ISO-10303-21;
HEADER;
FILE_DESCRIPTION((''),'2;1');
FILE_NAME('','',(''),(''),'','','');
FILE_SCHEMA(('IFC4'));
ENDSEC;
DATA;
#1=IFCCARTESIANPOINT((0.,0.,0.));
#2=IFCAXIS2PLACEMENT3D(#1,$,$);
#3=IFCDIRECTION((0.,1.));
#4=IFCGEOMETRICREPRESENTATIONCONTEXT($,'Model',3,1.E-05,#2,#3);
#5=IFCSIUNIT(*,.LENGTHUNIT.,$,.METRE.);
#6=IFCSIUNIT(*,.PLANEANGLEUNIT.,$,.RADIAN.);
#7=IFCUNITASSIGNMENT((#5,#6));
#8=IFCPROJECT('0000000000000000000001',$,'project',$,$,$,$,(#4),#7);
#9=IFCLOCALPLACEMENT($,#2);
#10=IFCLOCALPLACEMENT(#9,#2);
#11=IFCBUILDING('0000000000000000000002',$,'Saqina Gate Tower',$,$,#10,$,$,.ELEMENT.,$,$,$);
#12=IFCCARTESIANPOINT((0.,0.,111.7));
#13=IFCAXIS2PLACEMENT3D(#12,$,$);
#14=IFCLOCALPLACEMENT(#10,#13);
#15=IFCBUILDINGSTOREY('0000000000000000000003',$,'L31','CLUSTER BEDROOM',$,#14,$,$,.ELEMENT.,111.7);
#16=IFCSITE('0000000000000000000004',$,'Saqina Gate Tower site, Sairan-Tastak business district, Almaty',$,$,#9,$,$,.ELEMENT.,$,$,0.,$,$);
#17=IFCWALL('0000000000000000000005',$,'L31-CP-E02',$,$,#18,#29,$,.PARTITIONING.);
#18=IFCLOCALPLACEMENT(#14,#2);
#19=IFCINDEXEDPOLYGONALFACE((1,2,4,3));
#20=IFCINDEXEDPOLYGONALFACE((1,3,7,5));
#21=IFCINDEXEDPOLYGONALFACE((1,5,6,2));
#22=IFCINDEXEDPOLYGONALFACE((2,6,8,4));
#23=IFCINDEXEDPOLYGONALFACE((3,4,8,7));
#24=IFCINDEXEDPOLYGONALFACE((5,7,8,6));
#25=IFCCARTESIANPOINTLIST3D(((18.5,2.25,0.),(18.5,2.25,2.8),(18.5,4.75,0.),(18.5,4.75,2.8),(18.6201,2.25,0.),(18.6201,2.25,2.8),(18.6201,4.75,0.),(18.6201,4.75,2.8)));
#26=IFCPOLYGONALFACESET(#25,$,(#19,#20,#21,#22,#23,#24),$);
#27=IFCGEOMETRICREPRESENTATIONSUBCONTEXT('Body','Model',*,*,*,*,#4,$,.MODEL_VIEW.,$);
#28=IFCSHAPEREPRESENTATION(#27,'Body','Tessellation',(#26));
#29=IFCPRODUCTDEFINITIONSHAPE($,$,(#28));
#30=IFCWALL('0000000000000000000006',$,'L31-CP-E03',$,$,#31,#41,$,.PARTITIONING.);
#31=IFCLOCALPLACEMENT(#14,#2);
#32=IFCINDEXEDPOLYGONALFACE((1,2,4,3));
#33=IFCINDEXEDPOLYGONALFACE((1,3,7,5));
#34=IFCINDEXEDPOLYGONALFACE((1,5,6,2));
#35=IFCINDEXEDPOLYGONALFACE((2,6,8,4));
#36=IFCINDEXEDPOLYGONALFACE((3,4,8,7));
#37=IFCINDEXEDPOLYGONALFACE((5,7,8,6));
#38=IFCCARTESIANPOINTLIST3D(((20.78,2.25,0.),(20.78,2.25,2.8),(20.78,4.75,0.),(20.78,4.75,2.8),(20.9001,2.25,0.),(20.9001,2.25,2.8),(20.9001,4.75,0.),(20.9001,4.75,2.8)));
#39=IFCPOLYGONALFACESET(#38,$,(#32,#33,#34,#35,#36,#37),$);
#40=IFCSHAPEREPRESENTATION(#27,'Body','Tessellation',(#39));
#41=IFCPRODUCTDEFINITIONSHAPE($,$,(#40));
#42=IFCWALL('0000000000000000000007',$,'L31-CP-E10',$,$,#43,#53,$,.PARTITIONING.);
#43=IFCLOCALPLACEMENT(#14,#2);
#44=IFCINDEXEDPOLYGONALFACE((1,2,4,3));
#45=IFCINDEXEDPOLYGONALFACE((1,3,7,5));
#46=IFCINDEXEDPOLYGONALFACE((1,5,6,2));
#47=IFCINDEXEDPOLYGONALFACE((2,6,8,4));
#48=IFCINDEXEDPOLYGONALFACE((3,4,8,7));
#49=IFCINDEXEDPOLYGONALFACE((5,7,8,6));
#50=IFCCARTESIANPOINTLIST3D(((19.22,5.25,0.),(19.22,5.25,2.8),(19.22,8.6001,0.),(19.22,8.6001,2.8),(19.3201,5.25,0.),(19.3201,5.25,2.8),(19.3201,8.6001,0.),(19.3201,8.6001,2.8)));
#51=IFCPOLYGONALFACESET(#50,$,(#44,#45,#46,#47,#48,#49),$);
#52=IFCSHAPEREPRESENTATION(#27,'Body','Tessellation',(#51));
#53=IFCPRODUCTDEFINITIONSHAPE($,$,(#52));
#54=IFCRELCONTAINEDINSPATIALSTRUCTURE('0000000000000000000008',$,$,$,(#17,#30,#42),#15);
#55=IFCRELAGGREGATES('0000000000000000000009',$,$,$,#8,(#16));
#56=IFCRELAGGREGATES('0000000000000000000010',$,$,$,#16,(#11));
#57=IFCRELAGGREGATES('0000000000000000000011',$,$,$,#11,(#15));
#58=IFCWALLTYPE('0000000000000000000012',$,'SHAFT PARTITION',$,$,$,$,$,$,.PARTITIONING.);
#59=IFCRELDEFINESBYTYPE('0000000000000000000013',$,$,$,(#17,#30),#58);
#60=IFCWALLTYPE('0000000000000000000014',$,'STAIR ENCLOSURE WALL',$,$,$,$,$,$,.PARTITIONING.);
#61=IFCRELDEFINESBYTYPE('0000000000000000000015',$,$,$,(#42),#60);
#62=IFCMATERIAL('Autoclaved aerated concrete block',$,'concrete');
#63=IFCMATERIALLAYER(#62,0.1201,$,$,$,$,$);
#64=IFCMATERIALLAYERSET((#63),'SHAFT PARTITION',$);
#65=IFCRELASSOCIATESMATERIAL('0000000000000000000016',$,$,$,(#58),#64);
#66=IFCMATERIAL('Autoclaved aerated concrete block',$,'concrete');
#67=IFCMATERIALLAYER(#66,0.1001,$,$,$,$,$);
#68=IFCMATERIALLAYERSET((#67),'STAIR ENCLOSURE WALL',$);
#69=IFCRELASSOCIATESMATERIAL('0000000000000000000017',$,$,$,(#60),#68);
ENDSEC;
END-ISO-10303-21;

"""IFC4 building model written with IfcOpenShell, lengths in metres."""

from ifc_helpers import new_model, si_unit, direction, frame, frame_2d, origin, place, context, subcontext, project, spatial, rectangle, extrude, material, layer, layer_set, type_object, element, save


model = new_model("IFC4")

# Units and contexts
model_context = context("Model", 3, precision=1e-05, world=origin(), true_north=direction((0.0, 1.0)))
body_context = subcontext(model_context, "Body", "Model", "MODEL_VIEW")
ifc_project = project(units=[si_unit("LENGTHUNIT", "METRE"), si_unit("PLANEANGLEUNIT", "RADIAN")], contexts=[model_context])

# Site, building, storey
site_placement = place(None, origin())
site = spatial("IfcSite", under=ifc_project, at=site_placement, Name="Saqina Gate Tower site, Sairan-Tastak business district, Almaty", CompositionType="ELEMENT", RefElevation=0.0)
building_placement = place(site_placement, origin())
building = spatial("IfcBuilding", under=site, at=building_placement, Name="Saqina Gate Tower", CompositionType="ELEMENT")
storey_placement = place(building_placement, frame((0.0, 0.0, 111.7)))
storey = spatial("IfcBuildingStorey", under=building, at=storey_placement, Name="L31", Description="CLUSTER BEDROOM", CompositionType="ELEMENT", Elevation=111.7)

# Walls
ifc_material_1 = material(Name="Autoclaved aerated concrete block", Category="concrete")
ifc_layer_1 = layer(ifc_material_1, 0.1201)
ifc_layer_set_1 = layer_set([ifc_layer_1], Name="SHAFT PARTITION")
wall_type_1 = type_object("IfcWallType", Name="SHAFT PARTITION", PredefinedType="PARTITIONING", material=ifc_layer_set_1)
for number, where, z_axis, x_axis, name in (
    (1, (18.5601, 2.25, 0.0), (0.0, 0.0, 1.0), (0.0, 1.0, 0.0), "L31-CP-E02"),
    (2, (20.8401, 2.25, 0.0), (0.0, 0.0, 1.0), (0.0, 1.0, 0.0), "L31-CP-E03"),
):
    element("IfcWall", number, at=place(storey_placement, frame(where, z_axis=z_axis, x_axis=x_axis)), inside=storey, type_object=wall_type_1, Name=name, PredefinedType="PARTITIONING", context=body_context, shape_type="SweptSolid", body=[
        extrude(rectangle(XDim=2.5, YDim=0.1201, at=frame_2d((1.25, 0.0))), origin(), (0.0, 0.0, 1.0), 2.8),
    ])
ifc_material_2 = material(Name="Autoclaved aerated concrete block", Category="concrete")
ifc_layer_2 = layer(ifc_material_2, 0.1001)
ifc_layer_set_2 = layer_set([ifc_layer_2], Name="STAIR ENCLOSURE WALL")
wall_type_2 = type_object("IfcWallType", Name="STAIR ENCLOSURE WALL", PredefinedType="PARTITIONING", material=ifc_layer_set_2)
wall_1_placement = place(storey_placement, frame((19.27, 5.25, 0.0), z_axis=(0.0, 0.0, 1.0), x_axis=(0.0, 1.0, 0.0)))
element("IfcWall", 3, at=wall_1_placement, inside=storey, type_object=wall_type_2, Name="L31-CP-E10", PredefinedType="PARTITIONING", context=body_context, shape_type="SweptSolid", body=[
    extrude(rectangle(XDim=3.3501, YDim=0.1001, at=frame_2d((1.675, 0.0))), origin(), (0.0, 0.0, 1.0), 2.8),
])

save(model, "model.ifc")
